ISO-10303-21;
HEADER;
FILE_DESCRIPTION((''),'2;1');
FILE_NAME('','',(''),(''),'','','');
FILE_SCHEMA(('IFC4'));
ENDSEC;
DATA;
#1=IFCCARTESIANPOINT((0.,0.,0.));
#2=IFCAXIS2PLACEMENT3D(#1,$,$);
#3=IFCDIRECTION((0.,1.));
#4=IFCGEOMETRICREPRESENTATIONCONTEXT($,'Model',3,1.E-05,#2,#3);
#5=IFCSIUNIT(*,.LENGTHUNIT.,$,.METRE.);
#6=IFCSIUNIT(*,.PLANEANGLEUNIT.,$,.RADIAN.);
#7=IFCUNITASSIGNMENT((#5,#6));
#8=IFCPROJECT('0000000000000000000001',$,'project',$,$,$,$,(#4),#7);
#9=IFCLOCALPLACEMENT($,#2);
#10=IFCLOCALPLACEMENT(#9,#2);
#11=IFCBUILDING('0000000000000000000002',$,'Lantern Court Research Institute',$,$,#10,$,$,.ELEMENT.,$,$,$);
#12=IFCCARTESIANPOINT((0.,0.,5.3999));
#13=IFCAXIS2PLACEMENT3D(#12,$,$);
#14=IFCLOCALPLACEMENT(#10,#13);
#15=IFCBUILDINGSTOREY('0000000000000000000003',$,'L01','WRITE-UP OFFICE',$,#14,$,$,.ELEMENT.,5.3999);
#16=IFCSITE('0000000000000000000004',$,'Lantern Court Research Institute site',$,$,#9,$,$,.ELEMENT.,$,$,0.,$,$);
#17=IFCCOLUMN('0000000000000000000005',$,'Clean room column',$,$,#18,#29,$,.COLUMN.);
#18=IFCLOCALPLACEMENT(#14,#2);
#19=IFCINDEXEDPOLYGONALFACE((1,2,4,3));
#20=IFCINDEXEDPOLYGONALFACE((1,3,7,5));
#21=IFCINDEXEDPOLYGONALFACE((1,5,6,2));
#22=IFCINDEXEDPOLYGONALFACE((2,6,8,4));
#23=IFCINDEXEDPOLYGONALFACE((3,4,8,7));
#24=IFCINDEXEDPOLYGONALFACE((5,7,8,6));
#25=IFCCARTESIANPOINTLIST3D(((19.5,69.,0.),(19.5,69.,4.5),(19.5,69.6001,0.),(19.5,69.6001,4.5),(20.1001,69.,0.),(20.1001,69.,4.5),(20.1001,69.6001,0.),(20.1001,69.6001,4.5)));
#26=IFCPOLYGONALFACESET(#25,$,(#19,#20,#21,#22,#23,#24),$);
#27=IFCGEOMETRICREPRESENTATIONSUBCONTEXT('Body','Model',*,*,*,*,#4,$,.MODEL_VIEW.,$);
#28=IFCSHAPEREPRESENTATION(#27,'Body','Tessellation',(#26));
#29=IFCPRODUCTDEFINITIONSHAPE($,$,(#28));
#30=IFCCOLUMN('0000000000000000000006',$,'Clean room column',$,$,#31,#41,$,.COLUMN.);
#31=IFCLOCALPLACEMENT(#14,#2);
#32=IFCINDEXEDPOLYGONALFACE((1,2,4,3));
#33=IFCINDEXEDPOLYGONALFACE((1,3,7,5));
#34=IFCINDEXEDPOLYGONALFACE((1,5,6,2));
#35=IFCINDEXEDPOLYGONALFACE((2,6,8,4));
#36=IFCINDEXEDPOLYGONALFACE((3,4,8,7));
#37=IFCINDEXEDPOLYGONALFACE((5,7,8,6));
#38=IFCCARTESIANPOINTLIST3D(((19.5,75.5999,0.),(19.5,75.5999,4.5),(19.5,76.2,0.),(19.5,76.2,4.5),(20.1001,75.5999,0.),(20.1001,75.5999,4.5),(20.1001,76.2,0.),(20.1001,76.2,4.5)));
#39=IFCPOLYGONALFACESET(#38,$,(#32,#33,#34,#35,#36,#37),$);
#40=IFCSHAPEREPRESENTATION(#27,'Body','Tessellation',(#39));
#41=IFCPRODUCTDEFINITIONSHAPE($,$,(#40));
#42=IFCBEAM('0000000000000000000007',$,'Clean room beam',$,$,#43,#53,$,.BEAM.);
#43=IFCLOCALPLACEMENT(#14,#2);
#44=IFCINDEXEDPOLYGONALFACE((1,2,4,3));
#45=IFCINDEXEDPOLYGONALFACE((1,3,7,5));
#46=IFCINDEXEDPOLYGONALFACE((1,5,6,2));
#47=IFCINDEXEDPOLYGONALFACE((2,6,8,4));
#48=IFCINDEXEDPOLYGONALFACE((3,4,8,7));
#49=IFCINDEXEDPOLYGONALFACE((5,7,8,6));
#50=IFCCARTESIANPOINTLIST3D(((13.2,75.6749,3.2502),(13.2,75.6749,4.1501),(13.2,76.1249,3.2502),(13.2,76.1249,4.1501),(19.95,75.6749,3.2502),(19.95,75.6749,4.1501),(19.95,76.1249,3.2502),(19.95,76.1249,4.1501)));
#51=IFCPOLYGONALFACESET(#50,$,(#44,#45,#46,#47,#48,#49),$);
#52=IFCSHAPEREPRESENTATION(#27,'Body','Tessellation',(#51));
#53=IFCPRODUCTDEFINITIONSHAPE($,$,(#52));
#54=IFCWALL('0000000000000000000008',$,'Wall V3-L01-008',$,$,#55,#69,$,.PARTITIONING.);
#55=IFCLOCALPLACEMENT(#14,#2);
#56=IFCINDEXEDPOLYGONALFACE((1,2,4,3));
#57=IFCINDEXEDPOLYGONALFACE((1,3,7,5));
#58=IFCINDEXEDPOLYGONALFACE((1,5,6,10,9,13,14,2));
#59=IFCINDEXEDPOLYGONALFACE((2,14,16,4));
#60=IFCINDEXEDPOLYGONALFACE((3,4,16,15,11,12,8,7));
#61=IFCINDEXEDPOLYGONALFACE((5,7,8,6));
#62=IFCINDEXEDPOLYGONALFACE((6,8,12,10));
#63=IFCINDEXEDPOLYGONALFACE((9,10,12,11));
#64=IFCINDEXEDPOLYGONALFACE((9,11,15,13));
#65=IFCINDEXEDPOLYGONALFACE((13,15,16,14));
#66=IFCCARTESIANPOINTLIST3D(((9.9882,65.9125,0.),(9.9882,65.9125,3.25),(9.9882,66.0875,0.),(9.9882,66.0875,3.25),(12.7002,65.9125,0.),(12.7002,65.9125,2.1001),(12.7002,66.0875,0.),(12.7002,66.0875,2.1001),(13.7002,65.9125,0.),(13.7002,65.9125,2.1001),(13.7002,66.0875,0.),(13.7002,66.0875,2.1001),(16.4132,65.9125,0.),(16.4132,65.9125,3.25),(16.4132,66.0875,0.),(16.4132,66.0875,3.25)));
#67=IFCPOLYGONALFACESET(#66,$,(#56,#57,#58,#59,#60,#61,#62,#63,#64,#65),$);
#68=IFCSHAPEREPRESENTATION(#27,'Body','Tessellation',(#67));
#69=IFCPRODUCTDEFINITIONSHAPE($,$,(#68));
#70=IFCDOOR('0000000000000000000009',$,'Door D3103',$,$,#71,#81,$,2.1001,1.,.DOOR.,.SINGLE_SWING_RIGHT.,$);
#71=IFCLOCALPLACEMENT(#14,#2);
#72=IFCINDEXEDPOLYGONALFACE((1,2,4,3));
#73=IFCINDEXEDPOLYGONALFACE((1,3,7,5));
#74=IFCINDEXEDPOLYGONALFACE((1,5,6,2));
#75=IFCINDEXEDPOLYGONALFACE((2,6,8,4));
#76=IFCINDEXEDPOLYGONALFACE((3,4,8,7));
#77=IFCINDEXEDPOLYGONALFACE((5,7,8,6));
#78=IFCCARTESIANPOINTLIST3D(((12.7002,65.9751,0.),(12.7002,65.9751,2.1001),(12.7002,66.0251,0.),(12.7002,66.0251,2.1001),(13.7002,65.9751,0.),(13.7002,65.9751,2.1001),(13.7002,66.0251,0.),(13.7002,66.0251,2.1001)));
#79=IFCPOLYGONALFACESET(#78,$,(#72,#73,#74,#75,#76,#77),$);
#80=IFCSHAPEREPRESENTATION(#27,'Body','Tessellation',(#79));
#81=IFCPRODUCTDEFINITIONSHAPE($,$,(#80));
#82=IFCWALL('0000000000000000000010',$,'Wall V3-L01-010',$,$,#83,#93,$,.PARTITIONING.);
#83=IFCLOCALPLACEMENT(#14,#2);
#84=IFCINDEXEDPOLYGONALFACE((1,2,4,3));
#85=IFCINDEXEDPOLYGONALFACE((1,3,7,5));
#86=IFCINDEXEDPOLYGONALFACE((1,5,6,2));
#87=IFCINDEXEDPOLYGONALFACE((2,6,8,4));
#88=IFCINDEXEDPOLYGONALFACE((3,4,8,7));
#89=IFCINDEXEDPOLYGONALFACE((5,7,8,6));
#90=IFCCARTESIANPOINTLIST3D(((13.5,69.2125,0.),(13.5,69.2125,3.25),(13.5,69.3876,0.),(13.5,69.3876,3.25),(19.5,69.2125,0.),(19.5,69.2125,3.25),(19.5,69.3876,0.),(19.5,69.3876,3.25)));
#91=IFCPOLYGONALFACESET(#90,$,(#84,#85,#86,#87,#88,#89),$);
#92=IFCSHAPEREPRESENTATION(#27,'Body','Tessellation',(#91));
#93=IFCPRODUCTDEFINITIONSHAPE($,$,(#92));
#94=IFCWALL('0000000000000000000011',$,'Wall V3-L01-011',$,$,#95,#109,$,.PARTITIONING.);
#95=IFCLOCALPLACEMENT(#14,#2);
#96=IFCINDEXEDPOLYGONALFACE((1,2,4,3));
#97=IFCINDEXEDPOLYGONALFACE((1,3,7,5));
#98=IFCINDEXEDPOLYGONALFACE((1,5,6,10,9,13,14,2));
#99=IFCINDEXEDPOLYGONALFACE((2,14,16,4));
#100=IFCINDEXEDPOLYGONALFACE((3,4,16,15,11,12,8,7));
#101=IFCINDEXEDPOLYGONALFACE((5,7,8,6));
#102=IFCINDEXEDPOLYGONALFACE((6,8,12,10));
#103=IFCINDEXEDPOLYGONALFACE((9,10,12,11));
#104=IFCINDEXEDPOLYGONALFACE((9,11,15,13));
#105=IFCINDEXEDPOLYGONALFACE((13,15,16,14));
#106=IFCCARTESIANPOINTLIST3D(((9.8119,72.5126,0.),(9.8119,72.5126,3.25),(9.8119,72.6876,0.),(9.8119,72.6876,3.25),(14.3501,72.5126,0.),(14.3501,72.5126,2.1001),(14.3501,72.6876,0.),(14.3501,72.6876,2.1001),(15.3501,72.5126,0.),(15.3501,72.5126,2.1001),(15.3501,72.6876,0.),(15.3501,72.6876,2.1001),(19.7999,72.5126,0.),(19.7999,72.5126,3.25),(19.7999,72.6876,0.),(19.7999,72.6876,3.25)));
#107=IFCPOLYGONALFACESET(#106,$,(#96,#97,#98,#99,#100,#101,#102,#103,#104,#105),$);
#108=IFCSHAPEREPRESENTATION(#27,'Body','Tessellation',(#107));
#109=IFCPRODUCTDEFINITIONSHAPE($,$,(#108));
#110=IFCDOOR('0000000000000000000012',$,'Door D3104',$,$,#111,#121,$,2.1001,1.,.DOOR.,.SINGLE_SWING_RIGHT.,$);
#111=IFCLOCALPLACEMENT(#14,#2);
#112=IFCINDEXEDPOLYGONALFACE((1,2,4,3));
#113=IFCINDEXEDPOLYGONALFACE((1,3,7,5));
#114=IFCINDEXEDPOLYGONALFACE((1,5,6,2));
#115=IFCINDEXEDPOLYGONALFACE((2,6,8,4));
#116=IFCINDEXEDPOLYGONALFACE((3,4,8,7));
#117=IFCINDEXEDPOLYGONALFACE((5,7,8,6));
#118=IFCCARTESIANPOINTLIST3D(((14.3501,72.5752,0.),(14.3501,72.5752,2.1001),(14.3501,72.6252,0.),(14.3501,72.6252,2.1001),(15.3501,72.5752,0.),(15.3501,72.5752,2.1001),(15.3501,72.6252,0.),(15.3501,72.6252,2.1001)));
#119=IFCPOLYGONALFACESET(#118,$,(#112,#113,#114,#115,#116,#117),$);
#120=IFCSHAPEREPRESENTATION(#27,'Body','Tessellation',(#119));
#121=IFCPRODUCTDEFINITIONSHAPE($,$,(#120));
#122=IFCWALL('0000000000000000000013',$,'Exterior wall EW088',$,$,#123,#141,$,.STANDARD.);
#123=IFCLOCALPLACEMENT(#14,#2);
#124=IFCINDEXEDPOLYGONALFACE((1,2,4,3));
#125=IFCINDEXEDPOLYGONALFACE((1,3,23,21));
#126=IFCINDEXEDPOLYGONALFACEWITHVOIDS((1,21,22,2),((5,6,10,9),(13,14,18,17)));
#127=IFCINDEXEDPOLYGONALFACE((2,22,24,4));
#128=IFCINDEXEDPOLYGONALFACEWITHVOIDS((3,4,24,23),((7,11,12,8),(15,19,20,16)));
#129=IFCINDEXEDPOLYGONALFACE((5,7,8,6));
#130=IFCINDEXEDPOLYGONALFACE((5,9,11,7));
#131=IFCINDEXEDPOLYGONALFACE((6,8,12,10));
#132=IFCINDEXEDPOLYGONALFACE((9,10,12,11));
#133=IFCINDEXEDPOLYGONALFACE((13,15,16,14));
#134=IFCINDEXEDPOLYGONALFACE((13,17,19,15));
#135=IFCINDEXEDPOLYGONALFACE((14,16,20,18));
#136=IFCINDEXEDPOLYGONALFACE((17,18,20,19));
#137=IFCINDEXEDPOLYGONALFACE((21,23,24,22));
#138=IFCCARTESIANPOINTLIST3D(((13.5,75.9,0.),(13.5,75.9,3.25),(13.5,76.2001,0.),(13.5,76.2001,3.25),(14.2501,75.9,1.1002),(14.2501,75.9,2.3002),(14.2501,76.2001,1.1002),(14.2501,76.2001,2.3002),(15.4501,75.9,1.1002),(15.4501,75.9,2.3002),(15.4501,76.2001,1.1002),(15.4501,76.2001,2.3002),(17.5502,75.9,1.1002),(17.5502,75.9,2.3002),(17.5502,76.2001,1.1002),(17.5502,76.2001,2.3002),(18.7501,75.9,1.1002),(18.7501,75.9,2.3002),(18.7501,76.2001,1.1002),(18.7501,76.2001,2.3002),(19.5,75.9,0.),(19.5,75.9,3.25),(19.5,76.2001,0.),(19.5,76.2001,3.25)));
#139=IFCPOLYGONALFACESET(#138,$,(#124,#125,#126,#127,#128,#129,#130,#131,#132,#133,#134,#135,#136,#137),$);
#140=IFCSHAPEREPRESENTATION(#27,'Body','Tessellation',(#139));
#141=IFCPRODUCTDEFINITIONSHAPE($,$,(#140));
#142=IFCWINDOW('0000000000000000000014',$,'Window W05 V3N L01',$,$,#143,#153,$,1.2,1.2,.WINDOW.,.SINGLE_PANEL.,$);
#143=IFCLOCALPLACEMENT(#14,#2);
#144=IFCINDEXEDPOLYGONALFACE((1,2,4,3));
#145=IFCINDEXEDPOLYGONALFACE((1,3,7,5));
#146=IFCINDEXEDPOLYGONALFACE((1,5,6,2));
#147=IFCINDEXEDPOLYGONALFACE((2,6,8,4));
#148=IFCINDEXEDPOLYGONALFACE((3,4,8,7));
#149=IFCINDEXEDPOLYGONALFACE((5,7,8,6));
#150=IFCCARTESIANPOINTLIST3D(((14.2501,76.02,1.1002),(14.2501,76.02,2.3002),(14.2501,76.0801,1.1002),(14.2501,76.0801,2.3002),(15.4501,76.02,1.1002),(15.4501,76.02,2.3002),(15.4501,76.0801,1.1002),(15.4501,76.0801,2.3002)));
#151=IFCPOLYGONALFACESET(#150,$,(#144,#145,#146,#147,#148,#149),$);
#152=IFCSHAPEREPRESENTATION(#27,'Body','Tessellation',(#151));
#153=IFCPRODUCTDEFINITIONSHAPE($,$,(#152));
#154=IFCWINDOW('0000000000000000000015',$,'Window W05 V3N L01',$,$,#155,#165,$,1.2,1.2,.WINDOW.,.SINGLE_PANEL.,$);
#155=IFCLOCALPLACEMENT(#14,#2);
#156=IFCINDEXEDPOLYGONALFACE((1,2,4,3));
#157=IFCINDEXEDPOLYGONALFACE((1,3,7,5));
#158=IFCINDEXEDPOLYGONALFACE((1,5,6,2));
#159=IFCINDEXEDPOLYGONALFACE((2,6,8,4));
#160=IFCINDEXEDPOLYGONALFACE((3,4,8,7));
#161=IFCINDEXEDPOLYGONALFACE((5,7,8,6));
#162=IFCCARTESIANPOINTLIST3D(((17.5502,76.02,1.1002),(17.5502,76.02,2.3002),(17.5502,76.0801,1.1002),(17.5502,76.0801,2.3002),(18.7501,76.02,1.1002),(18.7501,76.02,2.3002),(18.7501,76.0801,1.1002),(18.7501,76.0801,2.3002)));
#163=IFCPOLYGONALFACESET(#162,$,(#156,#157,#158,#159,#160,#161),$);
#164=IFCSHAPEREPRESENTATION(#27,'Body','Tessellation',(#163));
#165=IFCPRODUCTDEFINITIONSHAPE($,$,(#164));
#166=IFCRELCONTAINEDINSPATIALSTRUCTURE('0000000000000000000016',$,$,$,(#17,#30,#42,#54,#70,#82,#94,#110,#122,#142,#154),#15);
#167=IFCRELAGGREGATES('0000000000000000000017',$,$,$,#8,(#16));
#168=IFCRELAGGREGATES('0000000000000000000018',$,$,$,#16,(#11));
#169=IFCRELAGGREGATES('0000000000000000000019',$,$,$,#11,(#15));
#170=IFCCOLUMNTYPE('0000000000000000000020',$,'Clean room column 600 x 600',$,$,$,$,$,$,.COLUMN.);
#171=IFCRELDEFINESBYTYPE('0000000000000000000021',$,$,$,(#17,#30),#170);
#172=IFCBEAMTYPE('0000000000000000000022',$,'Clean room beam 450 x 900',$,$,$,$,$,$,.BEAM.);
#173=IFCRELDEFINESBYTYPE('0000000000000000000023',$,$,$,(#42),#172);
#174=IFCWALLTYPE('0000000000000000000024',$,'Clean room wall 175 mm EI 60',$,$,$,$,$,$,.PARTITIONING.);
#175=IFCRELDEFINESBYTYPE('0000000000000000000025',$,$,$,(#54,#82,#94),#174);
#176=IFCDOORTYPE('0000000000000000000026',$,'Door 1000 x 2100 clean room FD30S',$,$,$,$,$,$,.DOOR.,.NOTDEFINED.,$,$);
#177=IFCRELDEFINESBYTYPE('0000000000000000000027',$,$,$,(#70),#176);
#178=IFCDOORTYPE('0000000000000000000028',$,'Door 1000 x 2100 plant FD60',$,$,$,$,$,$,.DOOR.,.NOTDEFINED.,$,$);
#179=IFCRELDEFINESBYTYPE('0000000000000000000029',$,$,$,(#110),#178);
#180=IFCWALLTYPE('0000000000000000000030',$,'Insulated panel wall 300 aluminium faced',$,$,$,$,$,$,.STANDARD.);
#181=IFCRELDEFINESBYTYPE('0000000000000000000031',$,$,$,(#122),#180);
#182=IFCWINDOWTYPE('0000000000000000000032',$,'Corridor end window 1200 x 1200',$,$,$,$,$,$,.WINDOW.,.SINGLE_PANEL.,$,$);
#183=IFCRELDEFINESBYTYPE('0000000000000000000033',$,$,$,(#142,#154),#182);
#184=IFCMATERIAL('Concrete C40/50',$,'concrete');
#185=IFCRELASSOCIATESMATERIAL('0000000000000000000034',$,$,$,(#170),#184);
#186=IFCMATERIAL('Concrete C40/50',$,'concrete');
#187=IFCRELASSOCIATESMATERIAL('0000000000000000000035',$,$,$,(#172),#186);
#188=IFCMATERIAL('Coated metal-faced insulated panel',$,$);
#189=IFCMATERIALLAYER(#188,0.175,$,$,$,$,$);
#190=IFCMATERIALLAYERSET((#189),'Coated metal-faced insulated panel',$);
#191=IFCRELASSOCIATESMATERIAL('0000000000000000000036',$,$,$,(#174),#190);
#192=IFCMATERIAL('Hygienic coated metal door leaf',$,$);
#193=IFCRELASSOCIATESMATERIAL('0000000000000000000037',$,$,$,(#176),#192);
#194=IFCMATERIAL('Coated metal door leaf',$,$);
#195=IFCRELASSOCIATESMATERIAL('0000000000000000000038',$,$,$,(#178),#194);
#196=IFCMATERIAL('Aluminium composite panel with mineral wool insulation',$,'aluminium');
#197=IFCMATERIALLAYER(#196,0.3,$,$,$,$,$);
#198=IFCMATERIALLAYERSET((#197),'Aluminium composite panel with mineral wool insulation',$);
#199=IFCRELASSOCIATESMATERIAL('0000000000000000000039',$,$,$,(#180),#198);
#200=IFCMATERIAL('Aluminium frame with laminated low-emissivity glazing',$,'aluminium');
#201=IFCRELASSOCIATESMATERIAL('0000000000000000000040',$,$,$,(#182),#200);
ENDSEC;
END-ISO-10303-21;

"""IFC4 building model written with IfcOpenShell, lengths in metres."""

from ifc_helpers import new_model, si_unit, direction, frame, frame_2d, origin, origin_2d, place, context, subcontext, project, spatial, rectangle, extrude, material, layer, layer_set, material_profile, profile_set, type_object, element, fill, save


model = new_model("IFC4")

# Units and contexts
model_context = context("Model", 3, precision=1e-05, world=origin(), true_north=direction((0.0, 1.0)))
body_context = subcontext(model_context, "Body", "Model", "MODEL_VIEW")
ifc_project = project(units=[si_unit("LENGTHUNIT", "METRE"), si_unit("PLANEANGLEUNIT", "RADIAN")], contexts=[model_context])

# Site, building, storey
site_placement = place(None, origin())
site = spatial("IfcSite", under=ifc_project, at=site_placement, Name="Lantern Court Research Institute site", CompositionType="ELEMENT", RefElevation=0.0)
building_placement = place(site_placement, origin())
building = spatial("IfcBuilding", under=site, at=building_placement, Name="Lantern Court Research Institute", CompositionType="ELEMENT")
storey_placement = place(building_placement, frame((0.0, 0.0, 5.3999)))
storey = spatial("IfcBuildingStorey", under=building, at=storey_placement, Name="L01", Description="WRITE-UP OFFICE", CompositionType="ELEMENT", Elevation=5.3999)

# Columns
ifc_material_1 = material(Name="Concrete C40/50", Category="concrete")
ifc_material_profile_1 = material_profile(ifc_material_1, rectangle(XDim=0.6001, YDim=0.6001, at=origin_2d()), Name="Clean room column 600 x 600")
ifc_profile_set_1 = profile_set([ifc_material_profile_1], Name="Concrete C40/50")
column_type = type_object("IfcColumnType", Name="Clean room column 600 x 600", PredefinedType="COLUMN", material=ifc_profile_set_1)
for number, where, z_axis, x_axis, name in (
    (1, (19.8, 69.3, 0.0), (0.0, 0.0, 1.0), (1.0, 0.0, 0.0), "Clean room column"),
    (2, (19.8, 75.8999, 0.0), (0.0, 0.0, 1.0), (1.0, 0.0, 0.0), "Clean room column"),
):
    element("IfcColumn", number, at=place(storey_placement, frame(where, z_axis=z_axis, x_axis=x_axis)), inside=storey, type_object=column_type, Name=name, PredefinedType="COLUMN", context=body_context, shape_type="SweptSolid", body=[
        extrude(rectangle(XDim=0.6001, YDim=0.6001, at=origin_2d()), origin(), (0.0, 0.0, 1.0), 4.5),
    ])

# Beam
ifc_material_2 = material(Name="Concrete C40/50", Category="concrete")
ifc_material_profile_2 = material_profile(ifc_material_2, rectangle(XDim=0.45, YDim=0.8999, at=origin_2d()), Name="Clean room beam 450 x 900")
ifc_profile_set_2 = profile_set([ifc_material_profile_2], Name="Concrete C40/50")
beam_type = type_object("IfcBeamType", Name="Clean room beam 450 x 900", PredefinedType="BEAM", material=ifc_profile_set_2)
beam_placement = place(storey_placement, frame((13.2, 75.8999, 3.7002), z_axis=(1.0, 0.0, 0.0), x_axis=(0.0, 1.0, 0.0)))
element("IfcBeam", 3, at=beam_placement, inside=storey, type_object=beam_type, Name="Clean room beam", PredefinedType="BEAM", context=body_context, shape_type="SweptSolid", body=[
    extrude(rectangle(XDim=0.45, YDim=0.8999, at=origin_2d()), origin(), (0.0, 0.0, 1.0), 6.75),
])

# Wall, opening, door
ifc_material_3 = material(Name="Coated metal-faced insulated panel")
ifc_layer_1 = layer(ifc_material_3, 0.175)
ifc_layer_set_1 = layer_set([ifc_layer_1], Name="Coated metal-faced insulated panel")
wall_type_1 = type_object("IfcWallType", Name="Clean room wall 175 mm EI 60", PredefinedType="PARTITIONING", material=ifc_layer_set_1)
wall_1_placement = place(storey_placement, frame((16.4131, 66.0, 0.0), z_axis=(0.0, 0.0, 1.0), x_axis=(-1.0, 0.0, 0.0)))
wall_1 = element("IfcWall", 4, at=wall_1_placement, inside=storey, type_object=wall_type_1, Name="Wall V3-L01-008", PredefinedType="PARTITIONING", context=body_context, shape_type="SweptSolid", body=[
    extrude(rectangle(XDim=6.425, YDim=0.175, at=frame_2d((3.2124, 0.0))), origin(), (0.0, 0.0, 1.0), 3.25),
])
opening_1_placement = place(wall_1_placement, frame((2.7129, 0.0, 0.0)))
opening_1 = element("IfcOpeningElement", 5, at=opening_1_placement, cuts=wall_1, PredefinedType="OPENING", context=body_context, shape_type="SweptSolid", body=[
    extrude(rectangle(XDim=1.0, YDim=2.1001, at=frame_2d((0.5, 1.05))), frame((0.0, 0.0974, 0.0), z_axis=(0.0, -1.0, 0.0), x_axis=(1.0, 0.0, 0.0)), (0.0, 0.0, 1.0), 0.1951),
])
ifc_material_4 = material(Name="Hygienic coated metal door leaf")
door_type_1 = type_object("IfcDoorType", Name="Door 1000 x 2100 clean room FD30S", OperationType="NOTDEFINED", PredefinedType="DOOR", material=ifc_material_4)
door_1_placement = place(opening_1_placement, origin())
door_1 = element("IfcDoor", 6, at=door_1_placement, inside=storey, type_object=door_type_1, Name="Door D3103", OperationType="SINGLE_SWING_RIGHT", OverallHeight=2.1001, OverallWidth=1.0, PredefinedType="DOOR", context=body_context, shape_type="SweptSolid", body=[
    extrude(rectangle(XDim=1.0, YDim=2.1001, at=frame_2d((0.5, 1.05))), frame((0.0, 0.0249, 0.0), z_axis=(0.0, -1.0, 0.0), x_axis=(1.0, 0.0, 0.0)), (0.0, 0.0, 1.0), 0.05),
])
fill(opening_1, door_1)

# Wall
wall_2_placement = place(storey_placement, frame((13.5, 69.3, 0.0), z_axis=(0.0, 0.0, 1.0), x_axis=(1.0, 0.0, 0.0)))
element("IfcWall", 7, at=wall_2_placement, inside=storey, type_object=wall_type_1, Name="Wall V3-L01-010", PredefinedType="PARTITIONING", context=body_context, shape_type="SweptSolid", body=[
    extrude(rectangle(XDim=6.0, YDim=0.175, at=frame_2d((3.0, 0.0))), origin(), (0.0, 0.0, 1.0), 3.25),
])

# Wall, opening, door
wall_3_placement = place(storey_placement, frame((19.8, 72.6001, 0.0), z_axis=(0.0, 0.0, 1.0), x_axis=(-1.0, 0.0, 0.0)))
wall_3 = element("IfcWall", 8, at=wall_3_placement, inside=storey, type_object=wall_type_1, Name="Wall V3-L01-011", PredefinedType="PARTITIONING", context=body_context, shape_type="SweptSolid", body=[
    extrude(rectangle(XDim=9.988, YDim=0.175, at=frame_2d((4.9941, 0.0))), origin(), (0.0, 0.0, 1.0), 3.25),
])
opening_2_placement = place(wall_3_placement, frame((4.45, 0.0, 0.0)))
opening_2 = element("IfcOpeningElement", 9, at=opening_2_placement, cuts=wall_3, PredefinedType="OPENING", context=body_context, shape_type="SweptSolid", body=[
    extrude(rectangle(XDim=1.0, YDim=2.1001, at=frame_2d((0.5, 1.05))), frame((0.0, 0.0974, 0.0), z_axis=(0.0, -1.0, 0.0), x_axis=(1.0, 0.0, 0.0)), (0.0, 0.0, 1.0), 0.1951),
])
ifc_material_5 = material(Name="Coated metal door leaf")
door_type_2 = type_object("IfcDoorType", Name="Door 1000 x 2100 plant FD60", OperationType="NOTDEFINED", PredefinedType="DOOR", material=ifc_material_5)
door_2_placement = place(opening_2_placement, origin())
door_2 = element("IfcDoor", 10, at=door_2_placement, inside=storey, type_object=door_type_2, Name="Door D3104", OperationType="SINGLE_SWING_RIGHT", OverallHeight=2.1001, OverallWidth=1.0, PredefinedType="DOOR", context=body_context, shape_type="SweptSolid", body=[
    extrude(rectangle(XDim=1.0, YDim=2.1001, at=frame_2d((0.5, 1.05))), frame((0.0, 0.0249, 0.0), z_axis=(0.0, -1.0, 0.0), x_axis=(1.0, 0.0, 0.0)), (0.0, 0.0, 1.0), 0.05),
])
fill(opening_2, door_2)

# Wall, openings, windows
ifc_material_6 = material(Name="Aluminium composite panel with mineral wool insulation", Category="aluminium")
ifc_layer_2 = layer(ifc_material_6, 0.3)
ifc_layer_set_2 = layer_set([ifc_layer_2], Name="Aluminium composite panel with mineral wool insulation")
wall_type_2 = type_object("IfcWallType", Name="Insulated panel wall 300 aluminium faced", PredefinedType="STANDARD", material=ifc_layer_set_2)
wall_4_placement = place(storey_placement, frame((13.5, 76.05, 0.0), z_axis=(0.0, 0.0, 1.0), x_axis=(1.0, 0.0, 0.0)))
wall_4 = element("IfcWall", 11, at=wall_4_placement, inside=storey, type_object=wall_type_2, Name="Exterior wall EW088", PredefinedType="STANDARD", context=body_context, shape_type="SweptSolid", body=[
    extrude(rectangle(XDim=6.0, YDim=0.3, at=frame_2d((3.0, 0.0))), origin(), (0.0, 0.0, 1.0), 3.25),
])
opening_3_placement = place(wall_4_placement, frame((0.75, 0.0, 1.1001)))
opening_3 = element("IfcOpeningElement", 12, at=opening_3_placement, cuts=wall_4, PredefinedType="OPENING", context=body_context, shape_type="SweptSolid", body=[
    extrude(rectangle(XDim=1.2, YDim=1.2, at=frame_2d((0.6001, 0.6001))), frame((0.0, 0.1599, 0.0), z_axis=(0.0, -1.0, 0.0), x_axis=(1.0, 0.0, 0.0)), (0.0, 0.0, 1.0), 0.3201),
])
opening_4_placement = place(wall_4_placement, frame((4.05, 0.0, 1.1001)))
opening_4 = element("IfcOpeningElement", 13, at=opening_4_placement, cuts=wall_4, PredefinedType="OPENING", context=body_context, shape_type="SweptSolid", body=[
    extrude(rectangle(XDim=1.2, YDim=1.2, at=frame_2d((0.6001, 0.6001))), frame((0.0, 0.1599, 0.0), z_axis=(0.0, -1.0, 0.0), x_axis=(1.0, 0.0, 0.0)), (0.0, 0.0, 1.0), 0.3201),
])
ifc_material_7 = material(Name="Aluminium frame with laminated low-emissivity glazing", Category="aluminium")
window_type_1 = type_object("IfcWindowType", Name="Corridor end window 1200 x 1200", PartitioningType="SINGLE_PANEL", PredefinedType="WINDOW", material=ifc_material_7)
window_1_placement = place(opening_3_placement, origin())
window_1 = element("IfcWindow", 14, at=window_1_placement, inside=storey, type_object=window_type_1, Name="Window W05 V3N L01", OverallHeight=1.2, OverallWidth=1.2, PartitioningType="SINGLE_PANEL", PredefinedType="WINDOW", context=body_context, shape_type="SweptSolid", body=[
    extrude(rectangle(XDim=1.2, YDim=1.2, at=frame_2d((0.6001, 0.6001))), frame((0.0, 0.03, 0.0), z_axis=(0.0, -1.0, 0.0), x_axis=(1.0, 0.0, 0.0)), (0.0, 0.0, 1.0), 0.0601),
])
fill(opening_3, window_1)
window_2_placement = place(opening_4_placement, origin())
window_2 = element("IfcWindow", 15, at=window_2_placement, inside=storey, type_object=window_type_1, Name="Window W05 V3N L01", OverallHeight=1.2, OverallWidth=1.2, PartitioningType="SINGLE_PANEL", PredefinedType="WINDOW", context=body_context, shape_type="SweptSolid", body=[
    extrude(rectangle(XDim=1.2, YDim=1.2, at=frame_2d((0.6001, 0.6001))), frame((0.0, 0.03, 0.0), z_axis=(0.0, -1.0, 0.0), x_axis=(1.0, 0.0, 0.0)), (0.0, 0.0, 1.0), 0.0601),
])
fill(opening_4, window_2)

save(model, "model.ifc")
